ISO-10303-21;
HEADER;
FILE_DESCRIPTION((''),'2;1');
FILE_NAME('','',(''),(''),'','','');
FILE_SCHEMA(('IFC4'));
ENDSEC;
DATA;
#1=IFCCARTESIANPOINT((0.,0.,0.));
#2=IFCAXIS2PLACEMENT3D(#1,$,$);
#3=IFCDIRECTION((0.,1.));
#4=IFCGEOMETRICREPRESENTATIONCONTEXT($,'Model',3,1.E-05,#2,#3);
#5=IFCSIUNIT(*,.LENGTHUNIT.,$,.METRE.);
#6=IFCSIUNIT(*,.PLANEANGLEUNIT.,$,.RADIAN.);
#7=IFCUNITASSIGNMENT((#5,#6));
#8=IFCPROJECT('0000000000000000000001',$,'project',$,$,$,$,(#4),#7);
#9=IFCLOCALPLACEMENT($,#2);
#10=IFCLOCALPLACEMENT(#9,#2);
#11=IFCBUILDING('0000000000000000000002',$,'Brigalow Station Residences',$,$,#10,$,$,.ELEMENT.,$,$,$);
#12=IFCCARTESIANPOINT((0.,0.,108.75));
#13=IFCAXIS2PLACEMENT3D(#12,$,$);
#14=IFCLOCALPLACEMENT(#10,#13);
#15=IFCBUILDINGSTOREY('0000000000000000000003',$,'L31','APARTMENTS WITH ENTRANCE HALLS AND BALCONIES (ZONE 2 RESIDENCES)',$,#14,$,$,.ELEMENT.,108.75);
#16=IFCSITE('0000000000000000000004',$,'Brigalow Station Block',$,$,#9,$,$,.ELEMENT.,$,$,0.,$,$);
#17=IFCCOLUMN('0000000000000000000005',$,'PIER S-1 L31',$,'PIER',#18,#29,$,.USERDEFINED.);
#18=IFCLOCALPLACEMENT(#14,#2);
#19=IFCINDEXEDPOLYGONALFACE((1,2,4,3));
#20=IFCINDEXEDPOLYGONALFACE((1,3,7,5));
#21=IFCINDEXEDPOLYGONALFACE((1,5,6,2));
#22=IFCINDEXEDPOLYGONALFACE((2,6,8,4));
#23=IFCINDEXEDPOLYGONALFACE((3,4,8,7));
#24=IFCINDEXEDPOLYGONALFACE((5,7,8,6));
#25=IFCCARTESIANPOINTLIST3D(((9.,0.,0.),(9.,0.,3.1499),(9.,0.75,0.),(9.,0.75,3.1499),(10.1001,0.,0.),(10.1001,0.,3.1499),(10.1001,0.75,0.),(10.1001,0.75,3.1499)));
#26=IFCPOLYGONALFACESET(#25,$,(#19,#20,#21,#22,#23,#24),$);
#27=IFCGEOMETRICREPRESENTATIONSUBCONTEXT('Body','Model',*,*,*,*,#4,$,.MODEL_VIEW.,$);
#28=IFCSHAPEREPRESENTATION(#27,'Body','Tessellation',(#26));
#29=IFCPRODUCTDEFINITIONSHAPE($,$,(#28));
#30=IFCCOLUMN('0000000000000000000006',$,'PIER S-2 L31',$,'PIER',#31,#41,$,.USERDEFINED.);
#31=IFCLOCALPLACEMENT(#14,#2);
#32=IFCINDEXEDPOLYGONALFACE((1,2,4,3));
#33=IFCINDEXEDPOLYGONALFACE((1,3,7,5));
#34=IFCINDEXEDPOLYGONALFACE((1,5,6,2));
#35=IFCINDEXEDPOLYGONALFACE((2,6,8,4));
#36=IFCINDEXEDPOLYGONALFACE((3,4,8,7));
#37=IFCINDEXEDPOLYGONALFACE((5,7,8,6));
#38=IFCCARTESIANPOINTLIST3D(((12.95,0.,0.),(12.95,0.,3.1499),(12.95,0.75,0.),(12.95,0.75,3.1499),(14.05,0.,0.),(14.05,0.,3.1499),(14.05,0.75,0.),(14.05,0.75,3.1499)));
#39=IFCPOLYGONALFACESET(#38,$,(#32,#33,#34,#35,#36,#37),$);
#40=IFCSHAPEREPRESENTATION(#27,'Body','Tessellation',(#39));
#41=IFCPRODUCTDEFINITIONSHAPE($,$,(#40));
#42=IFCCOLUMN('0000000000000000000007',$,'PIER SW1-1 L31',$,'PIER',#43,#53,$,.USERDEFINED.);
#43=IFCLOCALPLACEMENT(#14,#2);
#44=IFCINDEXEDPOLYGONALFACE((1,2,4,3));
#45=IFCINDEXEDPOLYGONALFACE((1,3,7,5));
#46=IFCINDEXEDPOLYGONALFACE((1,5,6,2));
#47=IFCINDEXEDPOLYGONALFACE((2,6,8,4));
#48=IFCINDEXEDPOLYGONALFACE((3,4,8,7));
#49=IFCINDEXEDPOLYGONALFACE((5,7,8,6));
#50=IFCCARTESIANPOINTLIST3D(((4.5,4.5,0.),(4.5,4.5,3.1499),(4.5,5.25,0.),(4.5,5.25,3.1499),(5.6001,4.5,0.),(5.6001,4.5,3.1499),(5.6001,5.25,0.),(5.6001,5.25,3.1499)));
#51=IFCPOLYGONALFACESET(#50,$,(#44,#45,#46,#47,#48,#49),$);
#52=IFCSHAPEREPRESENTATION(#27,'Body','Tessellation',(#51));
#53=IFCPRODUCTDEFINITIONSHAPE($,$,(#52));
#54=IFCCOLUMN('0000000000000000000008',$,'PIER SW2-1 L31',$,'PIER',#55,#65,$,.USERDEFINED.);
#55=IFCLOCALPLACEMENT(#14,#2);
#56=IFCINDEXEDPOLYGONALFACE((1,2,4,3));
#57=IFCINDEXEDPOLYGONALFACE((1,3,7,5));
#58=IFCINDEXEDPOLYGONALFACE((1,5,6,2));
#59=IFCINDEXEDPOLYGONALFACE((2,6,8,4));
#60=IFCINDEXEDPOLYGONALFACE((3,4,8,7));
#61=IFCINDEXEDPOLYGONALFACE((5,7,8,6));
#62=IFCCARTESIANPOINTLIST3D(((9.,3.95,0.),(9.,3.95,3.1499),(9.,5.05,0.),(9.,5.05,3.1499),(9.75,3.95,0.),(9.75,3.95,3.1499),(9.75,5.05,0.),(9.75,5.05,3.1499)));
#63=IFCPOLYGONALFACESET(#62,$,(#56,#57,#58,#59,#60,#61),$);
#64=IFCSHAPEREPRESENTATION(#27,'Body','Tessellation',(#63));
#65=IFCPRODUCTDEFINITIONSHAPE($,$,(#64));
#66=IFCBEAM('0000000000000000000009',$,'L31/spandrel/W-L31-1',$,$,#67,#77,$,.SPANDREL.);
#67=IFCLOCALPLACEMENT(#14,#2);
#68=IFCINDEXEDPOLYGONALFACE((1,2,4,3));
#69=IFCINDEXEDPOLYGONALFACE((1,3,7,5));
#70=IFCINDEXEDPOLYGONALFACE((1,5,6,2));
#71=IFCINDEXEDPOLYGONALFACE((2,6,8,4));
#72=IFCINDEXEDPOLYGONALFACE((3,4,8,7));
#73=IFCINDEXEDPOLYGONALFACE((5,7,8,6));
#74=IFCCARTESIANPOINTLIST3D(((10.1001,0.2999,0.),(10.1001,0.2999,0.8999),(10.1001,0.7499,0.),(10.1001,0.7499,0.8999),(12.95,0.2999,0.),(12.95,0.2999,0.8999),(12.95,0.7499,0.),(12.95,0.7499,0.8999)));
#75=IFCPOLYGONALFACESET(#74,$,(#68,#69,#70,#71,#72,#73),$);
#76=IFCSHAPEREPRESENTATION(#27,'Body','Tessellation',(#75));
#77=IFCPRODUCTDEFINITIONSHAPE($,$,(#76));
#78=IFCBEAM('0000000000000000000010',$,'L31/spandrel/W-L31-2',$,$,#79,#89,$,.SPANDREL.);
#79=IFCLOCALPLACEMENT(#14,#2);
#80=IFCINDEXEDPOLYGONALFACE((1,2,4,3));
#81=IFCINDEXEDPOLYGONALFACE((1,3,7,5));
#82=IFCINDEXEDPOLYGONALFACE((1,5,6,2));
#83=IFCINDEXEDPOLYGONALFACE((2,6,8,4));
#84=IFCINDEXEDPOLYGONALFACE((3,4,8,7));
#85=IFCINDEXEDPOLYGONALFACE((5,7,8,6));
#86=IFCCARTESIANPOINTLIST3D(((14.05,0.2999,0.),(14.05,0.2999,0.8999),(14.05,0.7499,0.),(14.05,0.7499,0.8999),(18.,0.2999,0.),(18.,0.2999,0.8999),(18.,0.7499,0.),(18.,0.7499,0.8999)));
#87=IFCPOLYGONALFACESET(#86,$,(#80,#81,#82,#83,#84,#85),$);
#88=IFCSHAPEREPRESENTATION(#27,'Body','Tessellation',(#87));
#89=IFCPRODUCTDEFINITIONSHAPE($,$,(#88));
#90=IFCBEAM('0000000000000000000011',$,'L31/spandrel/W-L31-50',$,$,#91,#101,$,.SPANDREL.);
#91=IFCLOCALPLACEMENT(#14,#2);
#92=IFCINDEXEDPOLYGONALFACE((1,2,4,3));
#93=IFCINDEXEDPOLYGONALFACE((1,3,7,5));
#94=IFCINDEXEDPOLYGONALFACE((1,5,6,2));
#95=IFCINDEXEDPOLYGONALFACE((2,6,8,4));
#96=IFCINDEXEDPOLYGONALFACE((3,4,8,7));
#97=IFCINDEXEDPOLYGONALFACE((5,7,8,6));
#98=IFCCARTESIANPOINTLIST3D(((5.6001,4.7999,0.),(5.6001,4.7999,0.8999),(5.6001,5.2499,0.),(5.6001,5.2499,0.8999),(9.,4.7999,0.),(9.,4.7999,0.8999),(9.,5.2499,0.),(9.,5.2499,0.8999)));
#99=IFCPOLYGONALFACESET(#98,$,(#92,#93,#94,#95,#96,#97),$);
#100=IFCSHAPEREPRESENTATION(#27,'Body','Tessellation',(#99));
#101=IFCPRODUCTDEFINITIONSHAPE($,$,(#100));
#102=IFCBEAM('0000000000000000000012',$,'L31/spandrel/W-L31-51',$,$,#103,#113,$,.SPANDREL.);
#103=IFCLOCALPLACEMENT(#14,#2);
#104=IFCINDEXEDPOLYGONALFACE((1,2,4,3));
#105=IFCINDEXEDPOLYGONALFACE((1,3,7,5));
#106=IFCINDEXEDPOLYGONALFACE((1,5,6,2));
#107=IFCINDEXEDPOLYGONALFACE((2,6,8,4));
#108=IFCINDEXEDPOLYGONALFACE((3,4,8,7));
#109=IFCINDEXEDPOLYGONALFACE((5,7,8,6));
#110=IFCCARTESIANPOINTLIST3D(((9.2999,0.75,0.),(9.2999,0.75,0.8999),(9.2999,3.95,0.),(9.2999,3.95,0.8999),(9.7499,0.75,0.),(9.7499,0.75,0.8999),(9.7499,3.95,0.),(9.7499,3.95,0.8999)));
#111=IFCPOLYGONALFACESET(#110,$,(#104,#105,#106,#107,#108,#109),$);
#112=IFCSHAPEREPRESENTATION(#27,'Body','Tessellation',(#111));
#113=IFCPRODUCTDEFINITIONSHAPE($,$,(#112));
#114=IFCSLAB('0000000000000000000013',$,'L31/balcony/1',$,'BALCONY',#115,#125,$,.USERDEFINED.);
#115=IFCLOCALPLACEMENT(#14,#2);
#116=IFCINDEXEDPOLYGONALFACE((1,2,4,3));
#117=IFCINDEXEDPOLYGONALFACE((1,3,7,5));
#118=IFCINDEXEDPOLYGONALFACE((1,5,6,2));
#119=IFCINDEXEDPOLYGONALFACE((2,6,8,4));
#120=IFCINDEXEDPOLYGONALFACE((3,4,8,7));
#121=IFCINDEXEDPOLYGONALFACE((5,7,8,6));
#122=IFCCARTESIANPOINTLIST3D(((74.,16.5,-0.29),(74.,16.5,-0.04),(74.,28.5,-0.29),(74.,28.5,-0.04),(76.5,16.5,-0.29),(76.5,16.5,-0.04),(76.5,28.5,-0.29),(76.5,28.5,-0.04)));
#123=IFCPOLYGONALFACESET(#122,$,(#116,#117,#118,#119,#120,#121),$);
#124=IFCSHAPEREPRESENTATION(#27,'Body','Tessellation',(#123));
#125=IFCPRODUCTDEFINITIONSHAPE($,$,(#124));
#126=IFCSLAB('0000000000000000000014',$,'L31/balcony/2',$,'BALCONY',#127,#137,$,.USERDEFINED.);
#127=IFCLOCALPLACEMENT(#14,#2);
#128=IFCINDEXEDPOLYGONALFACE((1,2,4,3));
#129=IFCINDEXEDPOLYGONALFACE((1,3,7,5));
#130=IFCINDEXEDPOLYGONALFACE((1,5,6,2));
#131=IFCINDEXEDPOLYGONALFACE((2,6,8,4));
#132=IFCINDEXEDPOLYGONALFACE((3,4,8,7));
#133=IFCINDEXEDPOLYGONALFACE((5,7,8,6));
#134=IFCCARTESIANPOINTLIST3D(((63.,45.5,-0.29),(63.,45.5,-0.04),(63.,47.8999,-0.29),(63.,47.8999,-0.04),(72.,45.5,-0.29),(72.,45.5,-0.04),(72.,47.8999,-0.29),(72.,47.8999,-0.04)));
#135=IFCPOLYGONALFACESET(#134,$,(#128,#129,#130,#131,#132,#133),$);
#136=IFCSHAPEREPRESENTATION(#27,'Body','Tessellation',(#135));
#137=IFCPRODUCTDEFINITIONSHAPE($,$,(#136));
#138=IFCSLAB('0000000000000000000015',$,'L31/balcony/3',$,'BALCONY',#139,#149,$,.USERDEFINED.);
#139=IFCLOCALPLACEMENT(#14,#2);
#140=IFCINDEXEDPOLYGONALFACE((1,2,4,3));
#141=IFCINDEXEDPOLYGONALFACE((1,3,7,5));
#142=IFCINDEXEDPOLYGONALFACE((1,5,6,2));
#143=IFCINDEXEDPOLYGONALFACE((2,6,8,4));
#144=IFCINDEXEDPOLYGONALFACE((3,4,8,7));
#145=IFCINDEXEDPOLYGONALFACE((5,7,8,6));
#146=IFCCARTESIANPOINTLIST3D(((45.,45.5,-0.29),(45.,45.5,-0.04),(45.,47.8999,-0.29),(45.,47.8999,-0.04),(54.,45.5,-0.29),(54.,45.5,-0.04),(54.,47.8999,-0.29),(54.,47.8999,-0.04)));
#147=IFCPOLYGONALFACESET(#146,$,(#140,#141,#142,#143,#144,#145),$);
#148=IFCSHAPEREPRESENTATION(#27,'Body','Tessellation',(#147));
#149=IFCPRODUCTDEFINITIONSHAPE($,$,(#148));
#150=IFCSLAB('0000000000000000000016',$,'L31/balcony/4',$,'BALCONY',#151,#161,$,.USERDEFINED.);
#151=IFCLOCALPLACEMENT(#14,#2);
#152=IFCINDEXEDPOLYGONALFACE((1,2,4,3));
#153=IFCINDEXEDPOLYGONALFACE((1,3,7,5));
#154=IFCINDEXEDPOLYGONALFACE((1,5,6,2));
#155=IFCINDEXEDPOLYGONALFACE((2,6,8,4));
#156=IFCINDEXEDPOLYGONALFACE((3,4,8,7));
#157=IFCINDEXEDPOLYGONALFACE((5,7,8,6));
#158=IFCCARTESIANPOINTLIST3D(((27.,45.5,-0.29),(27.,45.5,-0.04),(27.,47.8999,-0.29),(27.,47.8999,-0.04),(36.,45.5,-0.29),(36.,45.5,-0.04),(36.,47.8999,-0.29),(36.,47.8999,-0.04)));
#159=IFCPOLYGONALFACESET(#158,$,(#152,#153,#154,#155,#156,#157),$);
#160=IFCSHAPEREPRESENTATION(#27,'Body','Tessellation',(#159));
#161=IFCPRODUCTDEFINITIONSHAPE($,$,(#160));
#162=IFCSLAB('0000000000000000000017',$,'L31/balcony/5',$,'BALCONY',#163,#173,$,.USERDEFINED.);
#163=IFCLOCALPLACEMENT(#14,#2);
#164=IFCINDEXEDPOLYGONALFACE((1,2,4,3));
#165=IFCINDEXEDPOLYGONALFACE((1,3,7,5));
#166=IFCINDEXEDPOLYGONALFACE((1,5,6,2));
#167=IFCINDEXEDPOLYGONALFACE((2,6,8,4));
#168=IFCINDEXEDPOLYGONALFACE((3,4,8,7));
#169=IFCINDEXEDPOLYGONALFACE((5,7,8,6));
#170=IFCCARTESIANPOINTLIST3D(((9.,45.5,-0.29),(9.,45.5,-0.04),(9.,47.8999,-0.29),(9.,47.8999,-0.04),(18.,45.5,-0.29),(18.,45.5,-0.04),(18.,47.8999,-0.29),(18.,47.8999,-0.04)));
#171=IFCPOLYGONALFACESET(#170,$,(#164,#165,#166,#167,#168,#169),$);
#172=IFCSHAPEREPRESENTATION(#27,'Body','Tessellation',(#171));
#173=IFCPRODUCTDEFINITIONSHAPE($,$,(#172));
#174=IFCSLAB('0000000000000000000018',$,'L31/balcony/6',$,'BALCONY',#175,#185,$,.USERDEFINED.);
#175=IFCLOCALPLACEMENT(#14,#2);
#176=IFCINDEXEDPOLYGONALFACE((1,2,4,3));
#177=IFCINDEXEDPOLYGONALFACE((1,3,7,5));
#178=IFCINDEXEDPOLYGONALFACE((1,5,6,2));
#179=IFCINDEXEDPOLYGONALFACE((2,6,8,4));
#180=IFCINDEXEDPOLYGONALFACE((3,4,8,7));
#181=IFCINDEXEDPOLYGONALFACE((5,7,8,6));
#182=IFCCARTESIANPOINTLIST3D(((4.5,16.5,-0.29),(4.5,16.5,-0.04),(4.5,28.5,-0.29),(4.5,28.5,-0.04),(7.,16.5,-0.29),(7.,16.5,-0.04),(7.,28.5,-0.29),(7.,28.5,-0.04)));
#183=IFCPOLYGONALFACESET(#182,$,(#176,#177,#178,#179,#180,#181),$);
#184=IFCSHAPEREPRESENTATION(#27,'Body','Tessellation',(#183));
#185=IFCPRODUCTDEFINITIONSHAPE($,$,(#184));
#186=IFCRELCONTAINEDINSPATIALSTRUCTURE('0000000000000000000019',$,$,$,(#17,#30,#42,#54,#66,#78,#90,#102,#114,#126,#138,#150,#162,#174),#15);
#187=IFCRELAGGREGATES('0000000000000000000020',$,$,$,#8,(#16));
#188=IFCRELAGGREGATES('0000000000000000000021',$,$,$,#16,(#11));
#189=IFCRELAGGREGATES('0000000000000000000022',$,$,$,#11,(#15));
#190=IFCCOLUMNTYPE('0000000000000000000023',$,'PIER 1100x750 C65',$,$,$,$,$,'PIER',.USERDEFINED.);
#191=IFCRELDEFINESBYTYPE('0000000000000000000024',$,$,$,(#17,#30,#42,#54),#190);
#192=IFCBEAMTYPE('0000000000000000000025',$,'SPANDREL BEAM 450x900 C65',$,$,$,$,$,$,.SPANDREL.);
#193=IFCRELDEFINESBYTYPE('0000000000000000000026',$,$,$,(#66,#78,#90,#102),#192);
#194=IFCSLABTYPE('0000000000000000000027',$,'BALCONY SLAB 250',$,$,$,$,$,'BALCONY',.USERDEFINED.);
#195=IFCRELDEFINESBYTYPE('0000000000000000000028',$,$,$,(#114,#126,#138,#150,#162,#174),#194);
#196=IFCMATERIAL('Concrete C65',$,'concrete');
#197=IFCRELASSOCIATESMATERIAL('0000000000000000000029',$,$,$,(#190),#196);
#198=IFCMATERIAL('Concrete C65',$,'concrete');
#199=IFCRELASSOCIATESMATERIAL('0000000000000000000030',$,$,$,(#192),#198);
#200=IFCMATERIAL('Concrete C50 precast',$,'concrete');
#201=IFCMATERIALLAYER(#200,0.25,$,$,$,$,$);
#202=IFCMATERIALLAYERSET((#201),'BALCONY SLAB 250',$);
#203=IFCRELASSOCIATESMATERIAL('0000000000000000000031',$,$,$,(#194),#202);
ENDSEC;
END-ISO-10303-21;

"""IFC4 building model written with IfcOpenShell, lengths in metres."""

from ifc_helpers import new_model, si_unit, direction, frame, origin, origin_2d, place, context, subcontext, project, spatial, polyline, rectangle, outline, extrude, material, layer, layer_set, material_profile, profile_set, type_object, element, save


model = new_model("IFC4")

# Units and contexts
model_context = context("Model", 3, precision=1e-05, world=origin(), true_north=direction((0.0, 1.0)))
body_context = subcontext(model_context, "Body", "Model", "MODEL_VIEW")
ifc_project = project(units=[si_unit("LENGTHUNIT", "METRE"), si_unit("PLANEANGLEUNIT", "RADIAN")], contexts=[model_context])

# Site, building, storey
site_placement = place(None, origin())
site = spatial("IfcSite", under=ifc_project, at=site_placement, Name="Brigalow Station Block", CompositionType="ELEMENT", RefElevation=0.0)
building_placement = place(site_placement, origin())
building = spatial("IfcBuilding", under=site, at=building_placement, Name="Brigalow Station Residences", CompositionType="ELEMENT")
storey_placement = place(building_placement, frame((0.0, 0.0, 108.75)))
storey = spatial("IfcBuildingStorey", under=building, at=storey_placement, Name="L31", Description="APARTMENTS WITH ENTRANCE HALLS AND BALCONIES (ZONE 2 RESIDENCES)", CompositionType="ELEMENT", Elevation=108.75)

# Columns
ifc_material_1 = material(Name="Concrete C65", Category="concrete")
ifc_material_profile_1 = material_profile(ifc_material_1, rectangle(XDim=1.1001, YDim=0.75, at=origin_2d()), Name="RC1100x750")
ifc_profile_set_1 = profile_set([ifc_material_profile_1], Name="Concrete C65")
column_type = type_object("IfcColumnType", Name="PIER 1100x750 C65", ElementType="PIER", PredefinedType="USERDEFINED", material=ifc_profile_set_1)
for number, where, z_axis, x_axis, name in (
    (1, (9.55, 0.375, 0.0), (0.0, 0.0, 1.0), (1.0, 0.0, 0.0), "PIER S-1 L31"),
    (2, (13.5, 0.375, 0.0), (0.0, 0.0, 1.0), (1.0, 0.0, 0.0), "PIER S-2 L31"),
    (3, (5.05, 4.875, 0.0), (0.0, 0.0, 1.0), (1.0, 0.0, 0.0), "PIER SW1-1 L31"),
    (4, (9.375, 4.5, 0.0), (0.0, 0.0, 1.0), (0.0, -1.0, 0.0), "PIER SW2-1 L31"),
):
    element("IfcColumn", number, at=place(storey_placement, frame(where, z_axis=z_axis, x_axis=x_axis)), inside=storey, type_object=column_type, Name=name, ObjectType="PIER", PredefinedType="USERDEFINED", context=body_context, shape_type="SweptSolid", body=[
        extrude(rectangle(XDim=1.1001, YDim=0.75, at=origin_2d()), origin(), (0.0, 0.0, 1.0), 3.1499),
    ])

# Beams
ifc_material_2 = material(Name="Concrete C65", Category="concrete")
ifc_material_profile_2 = material_profile(ifc_material_2, rectangle(XDim=0.45, YDim=0.8999, at=origin_2d()), Name="RC450x900")
ifc_profile_set_2 = profile_set([ifc_material_profile_2], Name="Concrete C65")
beam_type = type_object("IfcBeamType", Name="SPANDREL BEAM 450x900 C65", PredefinedType="SPANDREL", material=ifc_profile_set_2)
beam_1_placement = place(storey_placement, frame((10.1001, 0.5249, 0.45), z_axis=(1.0, 0.0, 0.0), x_axis=(0.0, 1.0, 0.0)))
element("IfcBeam", 5, at=beam_1_placement, inside=storey, type_object=beam_type, Name="L31/spandrel/W-L31-1", PredefinedType="SPANDREL", context=body_context, shape_type="SweptSolid", body=[
    extrude(rectangle(XDim=0.45, YDim=0.8999, at=origin_2d()), origin(), (0.0, 0.0, 1.0), 2.8499),
])
beam_2_placement = place(storey_placement, frame((14.05, 0.5249, 0.45), z_axis=(1.0, 0.0, 0.0), x_axis=(0.0, 1.0, 0.0)))
element("IfcBeam", 6, at=beam_2_placement, inside=storey, type_object=beam_type, Name="L31/spandrel/W-L31-2", PredefinedType="SPANDREL", context=body_context, shape_type="SweptSolid", body=[
    extrude(rectangle(XDim=0.45, YDim=0.8999, at=origin_2d()), origin(), (0.0, 0.0, 1.0), 3.95),
])
beam_3_placement = place(storey_placement, frame((5.6001, 5.0249, 0.45), z_axis=(1.0, 0.0, 0.0), x_axis=(0.0, 1.0, 0.0)))
element("IfcBeam", 7, at=beam_3_placement, inside=storey, type_object=beam_type, Name="L31/spandrel/W-L31-50", PredefinedType="SPANDREL", context=body_context, shape_type="SweptSolid", body=[
    extrude(rectangle(XDim=0.45, YDim=0.8999, at=origin_2d()), origin(), (0.0, 0.0, 1.0), 3.3999),
])
beam_4_placement = place(storey_placement, frame((9.5249, 3.95, 0.45), z_axis=(0.0, -1.0, 0.0), x_axis=(1.0, 0.0, 0.0)))
element("IfcBeam", 8, at=beam_4_placement, inside=storey, type_object=beam_type, Name="L31/spandrel/W-L31-51", PredefinedType="SPANDREL", context=body_context, shape_type="SweptSolid", body=[
    extrude(rectangle(XDim=0.45, YDim=0.8999, at=origin_2d()), origin(), (0.0, 0.0, 1.0), 3.2),
])

# Slabs
ifc_material_3 = material(Name="Concrete C50 precast", Category="concrete")
ifc_layer_1 = layer(ifc_material_3, 0.25)
ifc_layer_set_1 = layer_set([ifc_layer_1], Name="BALCONY SLAB 250")
slab_type_1 = type_object("IfcSlabType", Name="BALCONY SLAB 250", ElementType="BALCONY", PredefinedType="USERDEFINED", material=ifc_layer_set_1)
slab_1_placement = place(storey_placement, frame((0.0, 0.0, -0.29)))
element("IfcSlab", 9, at=slab_1_placement, inside=storey, type_object=slab_type_1, Name="L31/balcony/1", ObjectType="BALCONY", PredefinedType="USERDEFINED", context=body_context, shape_type="SweptSolid", body=[
    extrude(outline(polyline([(74.0, 16.5), (76.5, 16.5), (76.5, 28.5), (74.0, 28.5), (74.0, 16.5)])), origin(), (0.0, 0.0, 1.0), 0.25),
])
slab_2_placement = place(storey_placement, frame((0.0, 0.0, -0.29)))
element("IfcSlab", 10, at=slab_2_placement, inside=storey, type_object=slab_type_1, Name="L31/balcony/2", ObjectType="BALCONY", PredefinedType="USERDEFINED", context=body_context, shape_type="SweptSolid", body=[
    extrude(outline(polyline([(72.0, 45.5), (72.0, 47.8999), (63.0, 47.8999), (63.0, 45.5), (72.0, 45.5)])), origin(), (0.0, 0.0, 1.0), 0.25),
])
slab_3_placement = place(storey_placement, frame((0.0, 0.0, -0.29)))
element("IfcSlab", 11, at=slab_3_placement, inside=storey, type_object=slab_type_1, Name="L31/balcony/3", ObjectType="BALCONY", PredefinedType="USERDEFINED", context=body_context, shape_type="SweptSolid", body=[
    extrude(outline(polyline([(54.0, 45.5), (54.0, 47.8999), (45.0, 47.8999), (45.0, 45.5), (54.0, 45.5)])), origin(), (0.0, 0.0, 1.0), 0.25),
])
slab_4_placement = place(storey_placement, frame((0.0, 0.0, -0.29)))
element("IfcSlab", 12, at=slab_4_placement, inside=storey, type_object=slab_type_1, Name="L31/balcony/4", ObjectType="BALCONY", PredefinedType="USERDEFINED", context=body_context, shape_type="SweptSolid", body=[
    extrude(outline(polyline([(36.0, 45.5), (36.0, 47.8999), (27.0, 47.8999), (27.0, 45.5), (36.0, 45.5)])), origin(), (0.0, 0.0, 1.0), 0.25),
])
slab_5_placement = place(storey_placement, frame((0.0, 0.0, -0.29)))
element("IfcSlab", 13, at=slab_5_placement, inside=storey, type_object=slab_type_1, Name="L31/balcony/5", ObjectType="BALCONY", PredefinedType="USERDEFINED", context=body_context, shape_type="SweptSolid", body=[
    extrude(outline(polyline([(18.0, 45.5), (18.0, 47.8999), (9.0, 47.8999), (9.0, 45.5), (18.0, 45.5)])), origin(), (0.0, 0.0, 1.0), 0.25),
])
slab_6_placement = place(storey_placement, frame((0.0, 0.0, -0.29)))
element("IfcSlab", 14, at=slab_6_placement, inside=storey, type_object=slab_type_1, Name="L31/balcony/6", ObjectType="BALCONY", PredefinedType="USERDEFINED", context=body_context, shape_type="SweptSolid", body=[
    extrude(outline(polyline([(7.0, 28.5), (4.5, 28.5), (4.5, 16.5), (7.0, 16.5), (7.0, 28.5)])), origin(), (0.0, 0.0, 1.0), 0.25),
])

save(model, "model.ifc")
